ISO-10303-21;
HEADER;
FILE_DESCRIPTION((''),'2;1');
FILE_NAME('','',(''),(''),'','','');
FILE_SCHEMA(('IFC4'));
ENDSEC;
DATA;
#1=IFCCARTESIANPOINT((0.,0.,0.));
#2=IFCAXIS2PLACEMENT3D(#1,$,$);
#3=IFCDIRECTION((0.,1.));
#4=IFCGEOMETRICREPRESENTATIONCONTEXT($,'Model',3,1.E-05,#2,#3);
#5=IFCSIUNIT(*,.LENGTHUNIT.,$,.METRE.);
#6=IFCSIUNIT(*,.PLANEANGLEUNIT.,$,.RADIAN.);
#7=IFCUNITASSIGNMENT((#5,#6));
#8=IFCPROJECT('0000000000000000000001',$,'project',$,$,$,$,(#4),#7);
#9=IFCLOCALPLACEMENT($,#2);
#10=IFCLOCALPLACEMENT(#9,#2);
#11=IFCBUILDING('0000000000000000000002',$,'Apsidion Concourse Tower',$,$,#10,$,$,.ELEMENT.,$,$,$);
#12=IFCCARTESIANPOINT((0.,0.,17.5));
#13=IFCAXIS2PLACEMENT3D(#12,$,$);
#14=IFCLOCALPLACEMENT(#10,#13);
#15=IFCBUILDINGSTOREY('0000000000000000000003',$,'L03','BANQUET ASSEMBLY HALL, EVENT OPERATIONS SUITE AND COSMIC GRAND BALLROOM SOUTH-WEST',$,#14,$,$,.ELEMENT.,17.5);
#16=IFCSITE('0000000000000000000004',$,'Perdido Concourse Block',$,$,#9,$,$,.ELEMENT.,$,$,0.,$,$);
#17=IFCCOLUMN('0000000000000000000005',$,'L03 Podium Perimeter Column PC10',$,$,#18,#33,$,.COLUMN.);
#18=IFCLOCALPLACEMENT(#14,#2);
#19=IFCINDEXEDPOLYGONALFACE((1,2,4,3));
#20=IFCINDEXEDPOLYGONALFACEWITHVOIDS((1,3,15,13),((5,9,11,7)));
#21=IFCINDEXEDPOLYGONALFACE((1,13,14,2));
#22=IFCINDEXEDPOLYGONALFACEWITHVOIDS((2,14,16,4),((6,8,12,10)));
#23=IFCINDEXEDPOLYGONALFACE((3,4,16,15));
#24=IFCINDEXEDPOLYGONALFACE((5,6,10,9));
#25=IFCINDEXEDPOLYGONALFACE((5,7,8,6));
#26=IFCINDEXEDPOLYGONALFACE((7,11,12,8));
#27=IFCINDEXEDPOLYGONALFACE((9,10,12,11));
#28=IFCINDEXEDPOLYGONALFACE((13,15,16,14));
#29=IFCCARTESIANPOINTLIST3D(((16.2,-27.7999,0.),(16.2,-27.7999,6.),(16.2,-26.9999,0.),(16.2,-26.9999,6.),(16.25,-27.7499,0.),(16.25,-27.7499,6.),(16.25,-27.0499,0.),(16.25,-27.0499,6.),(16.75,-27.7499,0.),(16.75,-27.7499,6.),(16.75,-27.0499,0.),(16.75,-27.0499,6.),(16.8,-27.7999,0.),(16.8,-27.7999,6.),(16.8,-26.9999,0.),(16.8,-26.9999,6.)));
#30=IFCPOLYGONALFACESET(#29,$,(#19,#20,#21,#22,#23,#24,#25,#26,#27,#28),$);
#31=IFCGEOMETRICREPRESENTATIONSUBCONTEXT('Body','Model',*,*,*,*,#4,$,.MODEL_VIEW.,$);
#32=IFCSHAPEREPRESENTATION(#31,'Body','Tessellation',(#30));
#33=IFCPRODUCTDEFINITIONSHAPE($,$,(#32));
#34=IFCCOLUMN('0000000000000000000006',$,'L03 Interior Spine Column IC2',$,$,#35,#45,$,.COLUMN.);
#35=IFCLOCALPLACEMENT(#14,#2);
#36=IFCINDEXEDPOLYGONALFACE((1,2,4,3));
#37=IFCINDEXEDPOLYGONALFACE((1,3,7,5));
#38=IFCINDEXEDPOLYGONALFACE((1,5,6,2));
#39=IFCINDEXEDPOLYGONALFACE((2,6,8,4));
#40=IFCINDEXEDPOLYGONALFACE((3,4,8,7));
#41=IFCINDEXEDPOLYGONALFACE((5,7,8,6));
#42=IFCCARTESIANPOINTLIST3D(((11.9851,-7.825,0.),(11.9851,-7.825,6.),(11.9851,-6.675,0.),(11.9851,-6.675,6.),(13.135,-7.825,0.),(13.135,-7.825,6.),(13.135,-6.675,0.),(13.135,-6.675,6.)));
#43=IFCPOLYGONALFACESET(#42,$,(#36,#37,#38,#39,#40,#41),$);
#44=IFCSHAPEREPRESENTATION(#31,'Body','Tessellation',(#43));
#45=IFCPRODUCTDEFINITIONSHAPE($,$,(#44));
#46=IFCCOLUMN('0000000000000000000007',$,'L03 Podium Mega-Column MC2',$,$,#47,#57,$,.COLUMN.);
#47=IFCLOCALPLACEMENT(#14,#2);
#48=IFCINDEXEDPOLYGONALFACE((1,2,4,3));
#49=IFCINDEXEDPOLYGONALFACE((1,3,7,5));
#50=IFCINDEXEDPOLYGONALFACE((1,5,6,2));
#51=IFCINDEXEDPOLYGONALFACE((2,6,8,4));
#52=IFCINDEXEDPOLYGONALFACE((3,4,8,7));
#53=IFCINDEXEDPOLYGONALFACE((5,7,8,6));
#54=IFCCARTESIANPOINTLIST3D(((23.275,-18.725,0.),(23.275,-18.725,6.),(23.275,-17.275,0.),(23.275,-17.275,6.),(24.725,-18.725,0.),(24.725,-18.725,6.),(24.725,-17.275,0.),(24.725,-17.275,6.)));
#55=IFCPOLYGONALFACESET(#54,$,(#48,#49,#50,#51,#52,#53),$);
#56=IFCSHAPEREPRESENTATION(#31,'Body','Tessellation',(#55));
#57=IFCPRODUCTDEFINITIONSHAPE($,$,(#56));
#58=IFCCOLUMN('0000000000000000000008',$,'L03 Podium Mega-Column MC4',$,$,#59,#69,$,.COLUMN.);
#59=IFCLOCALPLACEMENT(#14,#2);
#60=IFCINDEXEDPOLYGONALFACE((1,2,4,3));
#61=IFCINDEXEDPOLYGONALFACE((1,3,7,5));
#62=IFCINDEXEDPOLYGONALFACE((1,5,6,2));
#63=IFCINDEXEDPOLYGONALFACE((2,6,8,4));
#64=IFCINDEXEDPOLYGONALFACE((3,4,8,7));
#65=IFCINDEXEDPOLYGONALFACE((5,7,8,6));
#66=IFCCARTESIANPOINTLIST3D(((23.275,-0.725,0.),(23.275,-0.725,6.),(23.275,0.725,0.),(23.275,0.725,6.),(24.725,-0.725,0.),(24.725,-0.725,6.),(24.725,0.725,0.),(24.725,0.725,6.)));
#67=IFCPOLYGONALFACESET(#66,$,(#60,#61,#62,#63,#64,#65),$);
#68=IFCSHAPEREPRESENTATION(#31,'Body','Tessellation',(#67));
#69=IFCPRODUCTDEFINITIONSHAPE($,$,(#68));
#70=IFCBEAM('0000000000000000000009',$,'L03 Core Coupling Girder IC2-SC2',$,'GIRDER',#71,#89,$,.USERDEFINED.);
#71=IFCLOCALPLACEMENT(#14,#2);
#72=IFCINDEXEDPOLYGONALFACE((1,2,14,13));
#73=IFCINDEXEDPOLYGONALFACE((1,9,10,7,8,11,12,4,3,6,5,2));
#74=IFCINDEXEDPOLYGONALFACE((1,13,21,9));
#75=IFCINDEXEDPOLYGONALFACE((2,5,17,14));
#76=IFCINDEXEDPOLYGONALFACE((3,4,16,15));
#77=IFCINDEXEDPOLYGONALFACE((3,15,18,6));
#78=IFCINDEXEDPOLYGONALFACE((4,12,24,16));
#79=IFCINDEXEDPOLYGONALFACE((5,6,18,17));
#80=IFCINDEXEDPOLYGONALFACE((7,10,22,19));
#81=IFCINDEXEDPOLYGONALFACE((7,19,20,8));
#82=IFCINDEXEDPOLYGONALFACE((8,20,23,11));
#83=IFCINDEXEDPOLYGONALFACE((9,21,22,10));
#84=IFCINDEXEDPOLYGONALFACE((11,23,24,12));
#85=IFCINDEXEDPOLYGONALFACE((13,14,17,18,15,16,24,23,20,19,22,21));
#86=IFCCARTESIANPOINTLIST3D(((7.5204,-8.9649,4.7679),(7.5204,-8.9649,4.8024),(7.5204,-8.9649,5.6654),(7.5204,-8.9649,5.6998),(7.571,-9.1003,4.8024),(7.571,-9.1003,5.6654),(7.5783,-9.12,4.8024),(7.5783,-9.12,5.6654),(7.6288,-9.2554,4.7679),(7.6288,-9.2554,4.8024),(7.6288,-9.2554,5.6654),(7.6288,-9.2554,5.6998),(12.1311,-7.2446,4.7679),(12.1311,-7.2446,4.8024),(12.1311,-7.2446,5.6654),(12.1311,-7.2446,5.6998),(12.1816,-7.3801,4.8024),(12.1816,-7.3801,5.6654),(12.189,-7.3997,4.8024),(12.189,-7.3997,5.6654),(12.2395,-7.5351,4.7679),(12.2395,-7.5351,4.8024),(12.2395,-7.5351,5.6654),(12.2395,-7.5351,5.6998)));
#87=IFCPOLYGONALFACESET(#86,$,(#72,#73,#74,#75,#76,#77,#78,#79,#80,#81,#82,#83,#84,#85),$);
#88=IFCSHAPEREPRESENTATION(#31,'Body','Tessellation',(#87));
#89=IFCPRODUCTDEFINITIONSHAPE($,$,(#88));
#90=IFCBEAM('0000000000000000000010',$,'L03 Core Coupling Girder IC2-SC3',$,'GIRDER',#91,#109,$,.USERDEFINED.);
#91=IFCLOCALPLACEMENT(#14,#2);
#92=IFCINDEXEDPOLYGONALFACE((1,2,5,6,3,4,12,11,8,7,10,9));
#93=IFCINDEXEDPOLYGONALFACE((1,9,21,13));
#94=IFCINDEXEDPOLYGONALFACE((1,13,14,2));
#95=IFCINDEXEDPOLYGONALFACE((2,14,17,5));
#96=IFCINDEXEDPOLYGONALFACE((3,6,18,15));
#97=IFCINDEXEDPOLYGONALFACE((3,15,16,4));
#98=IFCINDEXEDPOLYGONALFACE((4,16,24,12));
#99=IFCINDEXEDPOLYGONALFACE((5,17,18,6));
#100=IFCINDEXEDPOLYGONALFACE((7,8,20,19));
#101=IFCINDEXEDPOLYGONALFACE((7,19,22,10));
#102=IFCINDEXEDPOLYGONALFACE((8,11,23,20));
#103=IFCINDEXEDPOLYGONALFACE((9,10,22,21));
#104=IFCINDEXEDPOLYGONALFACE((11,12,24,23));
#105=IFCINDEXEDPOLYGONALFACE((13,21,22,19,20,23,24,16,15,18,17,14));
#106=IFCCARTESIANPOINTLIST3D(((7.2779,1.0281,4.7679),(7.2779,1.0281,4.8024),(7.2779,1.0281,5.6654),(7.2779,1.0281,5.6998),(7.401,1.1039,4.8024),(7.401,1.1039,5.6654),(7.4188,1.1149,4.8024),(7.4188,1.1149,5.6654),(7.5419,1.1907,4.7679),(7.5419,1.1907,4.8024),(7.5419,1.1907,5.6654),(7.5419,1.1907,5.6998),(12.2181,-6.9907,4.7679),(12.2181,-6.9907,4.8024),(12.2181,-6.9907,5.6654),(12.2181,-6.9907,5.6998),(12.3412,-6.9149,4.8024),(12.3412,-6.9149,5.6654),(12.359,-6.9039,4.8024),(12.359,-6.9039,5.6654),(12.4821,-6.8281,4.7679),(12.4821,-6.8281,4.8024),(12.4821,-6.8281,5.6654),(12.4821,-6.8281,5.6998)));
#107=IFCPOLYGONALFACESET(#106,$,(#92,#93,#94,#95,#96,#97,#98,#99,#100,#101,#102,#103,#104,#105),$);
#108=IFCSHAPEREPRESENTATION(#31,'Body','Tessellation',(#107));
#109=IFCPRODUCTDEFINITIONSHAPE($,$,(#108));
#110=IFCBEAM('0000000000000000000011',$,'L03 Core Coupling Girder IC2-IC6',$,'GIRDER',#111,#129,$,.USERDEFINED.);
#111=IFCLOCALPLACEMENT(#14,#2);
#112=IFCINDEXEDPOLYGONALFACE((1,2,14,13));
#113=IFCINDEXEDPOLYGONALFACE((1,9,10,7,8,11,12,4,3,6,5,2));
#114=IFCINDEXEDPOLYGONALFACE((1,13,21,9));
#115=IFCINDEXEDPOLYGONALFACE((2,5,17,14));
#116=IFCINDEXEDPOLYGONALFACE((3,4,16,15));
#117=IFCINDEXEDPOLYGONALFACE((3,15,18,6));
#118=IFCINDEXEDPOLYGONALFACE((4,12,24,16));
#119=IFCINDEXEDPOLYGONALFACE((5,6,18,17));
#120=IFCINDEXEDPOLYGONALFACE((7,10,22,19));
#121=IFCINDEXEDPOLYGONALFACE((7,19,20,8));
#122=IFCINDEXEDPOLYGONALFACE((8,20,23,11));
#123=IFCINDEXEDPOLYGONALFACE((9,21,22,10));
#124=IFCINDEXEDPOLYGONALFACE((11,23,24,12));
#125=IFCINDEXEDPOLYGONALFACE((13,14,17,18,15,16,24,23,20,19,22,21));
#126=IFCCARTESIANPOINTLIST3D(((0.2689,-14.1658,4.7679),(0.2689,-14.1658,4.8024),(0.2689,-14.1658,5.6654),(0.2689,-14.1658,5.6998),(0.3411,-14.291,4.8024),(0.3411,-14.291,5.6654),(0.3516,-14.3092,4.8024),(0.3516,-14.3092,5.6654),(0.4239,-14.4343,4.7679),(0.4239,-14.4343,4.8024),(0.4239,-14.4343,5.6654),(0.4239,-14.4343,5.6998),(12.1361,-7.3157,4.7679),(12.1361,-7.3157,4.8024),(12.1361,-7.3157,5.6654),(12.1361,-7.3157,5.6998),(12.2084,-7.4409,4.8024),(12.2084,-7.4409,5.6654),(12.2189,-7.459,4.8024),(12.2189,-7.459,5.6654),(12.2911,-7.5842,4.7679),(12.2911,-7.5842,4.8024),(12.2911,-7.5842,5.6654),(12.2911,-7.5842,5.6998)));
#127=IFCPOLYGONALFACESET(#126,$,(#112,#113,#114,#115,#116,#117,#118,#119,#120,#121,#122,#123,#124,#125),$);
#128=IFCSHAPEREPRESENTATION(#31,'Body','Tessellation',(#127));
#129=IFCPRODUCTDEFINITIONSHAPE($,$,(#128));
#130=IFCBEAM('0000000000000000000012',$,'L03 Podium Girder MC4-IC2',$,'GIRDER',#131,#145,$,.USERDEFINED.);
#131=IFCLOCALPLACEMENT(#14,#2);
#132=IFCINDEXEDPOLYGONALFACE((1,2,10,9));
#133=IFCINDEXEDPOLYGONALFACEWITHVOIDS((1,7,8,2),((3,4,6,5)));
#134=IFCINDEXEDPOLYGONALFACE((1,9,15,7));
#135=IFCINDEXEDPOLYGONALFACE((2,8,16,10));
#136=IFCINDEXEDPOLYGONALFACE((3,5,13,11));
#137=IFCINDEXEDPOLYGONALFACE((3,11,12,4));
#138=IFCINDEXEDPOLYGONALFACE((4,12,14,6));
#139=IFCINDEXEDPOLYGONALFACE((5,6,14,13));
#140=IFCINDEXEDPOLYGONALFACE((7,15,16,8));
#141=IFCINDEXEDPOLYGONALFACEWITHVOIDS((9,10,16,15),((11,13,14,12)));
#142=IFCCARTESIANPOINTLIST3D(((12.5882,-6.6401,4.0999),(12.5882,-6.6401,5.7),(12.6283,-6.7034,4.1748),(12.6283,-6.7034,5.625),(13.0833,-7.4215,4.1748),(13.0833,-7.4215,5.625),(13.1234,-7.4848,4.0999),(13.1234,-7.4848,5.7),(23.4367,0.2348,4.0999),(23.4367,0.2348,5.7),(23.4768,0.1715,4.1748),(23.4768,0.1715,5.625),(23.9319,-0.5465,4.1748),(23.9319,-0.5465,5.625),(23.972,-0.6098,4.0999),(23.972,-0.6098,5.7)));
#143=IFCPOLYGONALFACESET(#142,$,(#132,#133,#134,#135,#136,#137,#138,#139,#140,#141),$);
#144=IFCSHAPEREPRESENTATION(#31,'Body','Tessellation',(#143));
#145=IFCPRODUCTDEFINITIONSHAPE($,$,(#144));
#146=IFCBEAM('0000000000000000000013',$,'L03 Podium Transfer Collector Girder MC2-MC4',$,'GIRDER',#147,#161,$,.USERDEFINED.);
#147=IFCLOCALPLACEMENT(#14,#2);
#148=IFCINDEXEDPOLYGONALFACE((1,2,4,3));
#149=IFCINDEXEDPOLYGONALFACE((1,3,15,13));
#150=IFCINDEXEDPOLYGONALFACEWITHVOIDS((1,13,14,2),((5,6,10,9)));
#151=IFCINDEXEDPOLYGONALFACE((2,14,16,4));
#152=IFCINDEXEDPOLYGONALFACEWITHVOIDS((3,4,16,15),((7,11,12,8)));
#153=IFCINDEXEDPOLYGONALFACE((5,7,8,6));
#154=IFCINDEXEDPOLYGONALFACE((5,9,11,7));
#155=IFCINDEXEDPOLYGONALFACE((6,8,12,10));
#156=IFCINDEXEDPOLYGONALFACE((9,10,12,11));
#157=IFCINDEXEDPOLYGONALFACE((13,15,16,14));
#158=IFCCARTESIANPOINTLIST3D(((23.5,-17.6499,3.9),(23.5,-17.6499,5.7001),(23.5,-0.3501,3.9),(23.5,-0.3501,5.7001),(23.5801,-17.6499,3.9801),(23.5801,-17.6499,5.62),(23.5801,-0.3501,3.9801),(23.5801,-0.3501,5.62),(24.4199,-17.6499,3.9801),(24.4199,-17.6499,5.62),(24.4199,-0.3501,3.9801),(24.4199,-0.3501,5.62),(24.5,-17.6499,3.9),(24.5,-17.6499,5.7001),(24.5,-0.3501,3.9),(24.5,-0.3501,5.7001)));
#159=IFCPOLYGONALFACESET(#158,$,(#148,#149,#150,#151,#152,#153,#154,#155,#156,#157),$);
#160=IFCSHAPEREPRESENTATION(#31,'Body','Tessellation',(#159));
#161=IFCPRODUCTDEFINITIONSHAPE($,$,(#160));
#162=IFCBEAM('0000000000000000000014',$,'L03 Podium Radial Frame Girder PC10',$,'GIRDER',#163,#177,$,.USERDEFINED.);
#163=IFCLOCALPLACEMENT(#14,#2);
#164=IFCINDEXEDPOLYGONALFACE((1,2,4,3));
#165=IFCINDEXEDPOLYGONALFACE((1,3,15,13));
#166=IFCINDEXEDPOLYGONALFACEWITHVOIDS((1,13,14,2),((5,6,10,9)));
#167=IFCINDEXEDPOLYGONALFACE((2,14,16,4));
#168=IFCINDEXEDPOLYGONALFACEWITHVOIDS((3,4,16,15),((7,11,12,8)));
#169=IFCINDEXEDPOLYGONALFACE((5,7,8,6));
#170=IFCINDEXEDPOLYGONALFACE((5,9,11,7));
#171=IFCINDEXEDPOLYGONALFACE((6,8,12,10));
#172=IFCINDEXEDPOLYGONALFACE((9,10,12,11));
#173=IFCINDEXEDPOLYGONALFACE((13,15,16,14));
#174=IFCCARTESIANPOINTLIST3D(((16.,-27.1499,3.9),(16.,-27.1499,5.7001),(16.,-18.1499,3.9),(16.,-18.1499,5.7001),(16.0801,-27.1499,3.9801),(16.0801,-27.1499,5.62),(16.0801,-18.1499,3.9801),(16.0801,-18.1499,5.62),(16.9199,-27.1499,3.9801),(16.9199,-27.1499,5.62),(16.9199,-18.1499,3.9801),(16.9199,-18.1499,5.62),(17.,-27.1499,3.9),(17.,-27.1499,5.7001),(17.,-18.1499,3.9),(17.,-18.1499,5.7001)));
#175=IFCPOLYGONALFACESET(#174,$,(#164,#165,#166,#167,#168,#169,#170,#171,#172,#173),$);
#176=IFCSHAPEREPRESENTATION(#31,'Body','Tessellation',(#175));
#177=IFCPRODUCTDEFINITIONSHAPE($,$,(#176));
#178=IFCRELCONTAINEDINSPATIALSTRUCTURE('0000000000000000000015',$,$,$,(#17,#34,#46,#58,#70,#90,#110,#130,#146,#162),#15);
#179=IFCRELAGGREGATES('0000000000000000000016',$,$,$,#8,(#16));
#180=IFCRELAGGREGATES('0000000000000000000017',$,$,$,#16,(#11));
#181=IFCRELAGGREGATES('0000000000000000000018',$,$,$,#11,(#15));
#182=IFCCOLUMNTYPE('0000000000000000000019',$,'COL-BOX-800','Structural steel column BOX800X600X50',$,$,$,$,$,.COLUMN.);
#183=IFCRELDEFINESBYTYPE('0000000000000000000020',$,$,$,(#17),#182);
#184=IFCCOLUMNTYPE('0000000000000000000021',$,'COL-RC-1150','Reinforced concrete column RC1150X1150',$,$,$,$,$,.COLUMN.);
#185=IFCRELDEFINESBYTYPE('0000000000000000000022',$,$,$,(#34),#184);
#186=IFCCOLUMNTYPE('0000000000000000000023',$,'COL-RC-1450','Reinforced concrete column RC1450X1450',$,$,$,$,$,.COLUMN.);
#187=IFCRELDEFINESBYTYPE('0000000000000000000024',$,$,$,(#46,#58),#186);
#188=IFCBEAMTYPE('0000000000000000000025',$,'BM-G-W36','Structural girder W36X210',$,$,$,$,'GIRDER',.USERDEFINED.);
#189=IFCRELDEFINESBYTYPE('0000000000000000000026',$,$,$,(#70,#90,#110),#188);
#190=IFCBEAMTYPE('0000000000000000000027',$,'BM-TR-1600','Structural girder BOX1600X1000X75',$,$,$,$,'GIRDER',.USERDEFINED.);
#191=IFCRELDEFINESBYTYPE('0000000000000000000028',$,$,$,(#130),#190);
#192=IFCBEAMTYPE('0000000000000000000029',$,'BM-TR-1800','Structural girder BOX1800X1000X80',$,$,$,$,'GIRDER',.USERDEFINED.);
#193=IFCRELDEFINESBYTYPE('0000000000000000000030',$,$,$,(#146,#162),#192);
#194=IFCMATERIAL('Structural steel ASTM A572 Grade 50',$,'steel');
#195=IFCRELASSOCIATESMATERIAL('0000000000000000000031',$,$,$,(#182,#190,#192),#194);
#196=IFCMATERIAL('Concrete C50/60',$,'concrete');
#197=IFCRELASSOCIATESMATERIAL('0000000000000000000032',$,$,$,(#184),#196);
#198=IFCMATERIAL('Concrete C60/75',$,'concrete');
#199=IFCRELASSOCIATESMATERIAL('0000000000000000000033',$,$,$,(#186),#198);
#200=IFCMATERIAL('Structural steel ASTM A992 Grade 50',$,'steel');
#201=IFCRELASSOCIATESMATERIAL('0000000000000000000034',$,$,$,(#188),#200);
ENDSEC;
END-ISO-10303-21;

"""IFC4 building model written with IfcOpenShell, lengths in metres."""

from ifc_helpers import new_model, si_unit, direction, frame, origin, origin_2d, place, context, subcontext, project, spatial, rectangle, hollow_rectangle, i_section, extrude, material, material_profile, profile_set, type_object, element, save


model = new_model("IFC4")

# Units and contexts
model_context = context("Model", 3, precision=1e-05, world=origin(), true_north=direction((0.0, 1.0)))
body_context = subcontext(model_context, "Body", "Model", "MODEL_VIEW")
ifc_project = project(units=[si_unit("LENGTHUNIT", "METRE"), si_unit("PLANEANGLEUNIT", "RADIAN")], contexts=[model_context])

# Site, building, storey
site_placement = place(None, origin())
site = spatial("IfcSite", under=ifc_project, at=site_placement, Name="Perdido Concourse Block", CompositionType="ELEMENT", RefElevation=0.0)
building_placement = place(site_placement, origin())
building = spatial("IfcBuilding", under=site, at=building_placement, Name="Apsidion Concourse Tower", CompositionType="ELEMENT")
storey_placement = place(building_placement, frame((0.0, 0.0, 17.5)))
storey = spatial("IfcBuildingStorey", under=building, at=storey_placement, Name="L03", Description="BANQUET ASSEMBLY HALL, EVENT OPERATIONS SUITE AND COSMIC GRAND BALLROOM SOUTH-WEST", CompositionType="ELEMENT", Elevation=17.5)

# Columns
ifc_material_1 = material(Name="Structural steel ASTM A572 Grade 50", Category="steel")
ifc_material_profile_1 = material_profile(ifc_material_1, hollow_rectangle(XDim=0.6001, YDim=0.8, WallThickness=0.05, at=origin_2d()), Name="BOX800X600X50")
ifc_profile_set_1 = profile_set([ifc_material_profile_1], Name="Structural steel ASTM A572 Grade 50")
column_type_1 = type_object("IfcColumnType", Name="COL-BOX-800", Description="Structural steel column BOX800X600X50", PredefinedType="COLUMN", material=ifc_profile_set_1)
column_1_placement = place(storey_placement, frame((16.5, -27.3999, 0.0), z_axis=(0.0, 0.0, 1.0), x_axis=(1.0, 0.0, 0.0)))
element("IfcColumn", 1, at=column_1_placement, inside=storey, type_object=column_type_1, Name="L03 Podium Perimeter Column PC10", PredefinedType="COLUMN", context=body_context, shape_type="SweptSolid", body=[
    extrude(hollow_rectangle(XDim=0.6001, YDim=0.8, WallThickness=0.05, at=origin_2d()), origin(), (0.0, 0.0, 1.0), 6.0),
])
ifc_material_2 = material(Name="Concrete C50/60", Category="concrete")
ifc_material_profile_2 = material_profile(ifc_material_2, rectangle(XDim=1.1499, YDim=1.1499, at=origin_2d()), Name="RC 1150x1150")
ifc_profile_set_2 = profile_set([ifc_material_profile_2], Name="Concrete C50/60")
column_type_2 = type_object("IfcColumnType", Name="COL-RC-1150", Description="Reinforced concrete column RC1150X1150", PredefinedType="COLUMN", material=ifc_profile_set_2)
column_2_placement = place(storey_placement, frame((12.5601, -7.25, 0.0), z_axis=(0.0, 0.0, 1.0), x_axis=(1.0, 0.0, 0.0)))
element("IfcColumn", 2, at=column_2_placement, inside=storey, type_object=column_type_2, Name="L03 Interior Spine Column IC2", PredefinedType="COLUMN", context=body_context, shape_type="SweptSolid", body=[
    extrude(rectangle(XDim=1.1499, YDim=1.1499, at=origin_2d()), origin(), (0.0, 0.0, 1.0), 6.0),
])
ifc_material_3 = material(Name="Concrete C60/75", Category="concrete")
ifc_material_profile_3 = material_profile(ifc_material_3, rectangle(XDim=1.45, YDim=1.45, at=origin_2d()), Name="RC 1450x1450")
ifc_profile_set_3 = profile_set([ifc_material_profile_3], Name="Concrete C60/75")
column_type_3 = type_object("IfcColumnType", Name="COL-RC-1450", Description="Reinforced concrete column RC1450X1450", PredefinedType="COLUMN", material=ifc_profile_set_3)
for number, where, z_axis, x_axis, name in (
    (3, (24.0, -18.0, 0.0), (0.0, 0.0, 1.0), (1.0, 0.0, 0.0), "L03 Podium Mega-Column MC2"),
    (4, (24.0, 0.0, 0.0), (0.0, 0.0, 1.0), (1.0, 0.0, 0.0), "L03 Podium Mega-Column MC4"),
):
    element("IfcColumn", number, at=place(storey_placement, frame(where, z_axis=z_axis, x_axis=x_axis)), inside=storey, type_object=column_type_3, Name=name, PredefinedType="COLUMN", context=body_context, shape_type="SweptSolid", body=[
        extrude(rectangle(XDim=1.45, YDim=1.45, at=origin_2d()), origin(), (0.0, 0.0, 1.0), 6.0),
    ])

# Beams
ifc_material_4 = material(Name="Structural steel ASTM A992 Grade 50", Category="steel")
ifc_material_profile_4 = material_profile(ifc_material_4, i_section(OverallWidth=0.3101, OverallDepth=0.9319, WebThickness=0.021, FlangeThickness=0.0344, at=origin_2d()), Name="W36X210")
ifc_profile_set_4 = profile_set([ifc_material_profile_4], Name="Structural steel ASTM A992 Grade 50")
beam_type_1 = type_object("IfcBeamType", Name="BM-G-W36", Description="Structural girder W36X210", ElementType="GIRDER", PredefinedType="USERDEFINED", material=ifc_profile_set_4)
beam_1_placement = place(storey_placement, frame((12.1853, -7.3899, 5.2339), z_axis=(-0.936913, -0.349563, 0.0), x_axis=(0.349563, -0.936913, 0.0)))
element("IfcBeam", 5, at=beam_1_placement, inside=storey, type_object=beam_type_1, Name="L03 Core Coupling Girder IC2-SC2", ObjectType="GIRDER", PredefinedType="USERDEFINED", context=body_context, shape_type="SweptSolid", body=[
    extrude(i_section(OverallWidth=0.3101, OverallDepth=0.9319, WebThickness=0.021, FlangeThickness=0.0344, at=origin_2d()), origin(), (0.0, 0.0, 1.0), 4.9211),
])
beam_2_placement = place(storey_placement, frame((12.3501, -6.9094, 5.2339), z_axis=(-0.524524, 0.851396, 0.0), x_axis=(-0.851396, -0.524524, 0.0)))
element("IfcBeam", 6, at=beam_2_placement, inside=storey, type_object=beam_type_1, Name="L03 Core Coupling Girder IC2-SC3", ObjectType="GIRDER", PredefinedType="USERDEFINED", context=body_context, shape_type="SweptSolid", body=[
    extrude(i_section(OverallWidth=0.3101, OverallDepth=0.9319, WebThickness=0.021, FlangeThickness=0.0344, at=origin_2d()), origin(), (0.0, 0.0, 1.0), 9.4185),
])
beam_3_placement = place(storey_placement, frame((12.2136, -7.45, 5.2339), z_axis=(-0.86607, -0.499922, 0.0), x_axis=(0.499922, -0.86607, 0.0)))
element("IfcBeam", 7, at=beam_3_placement, inside=storey, type_object=beam_type_1, Name="L03 Core Coupling Girder IC2-IC6", ObjectType="GIRDER", PredefinedType="USERDEFINED", context=body_context, shape_type="SweptSolid", body=[
    extrude(i_section(OverallWidth=0.3101, OverallDepth=0.9319, WebThickness=0.021, FlangeThickness=0.0344, at=origin_2d()), origin(), (0.0, 0.0, 1.0), 13.7024),
])
ifc_material_profile_5 = material_profile(ifc_material_1, hollow_rectangle(XDim=1.0, YDim=1.6001, WallThickness=0.075, at=origin_2d()), Name="BOX1600X1000X75")
ifc_profile_set_5 = profile_set([ifc_material_profile_5], Name="Structural steel ASTM A572 Grade 50")
beam_type_2 = type_object("IfcBeamType", Name="BM-TR-1600", Description="Structural girder BOX1600X1000X75", ElementType="GIRDER", PredefinedType="USERDEFINED", material=ifc_profile_set_5)
beam_4_placement = place(storey_placement, frame((23.7043, -0.1875, 4.8999), z_axis=(-0.844671, -0.535285, 0.0), x_axis=(0.535285, -0.844671, 0.0)))
element("IfcBeam", 8, at=beam_4_placement, inside=storey, type_object=beam_type_2, Name="L03 Podium Girder MC4-IC2", ObjectType="GIRDER", PredefinedType="USERDEFINED", context=body_context, shape_type="SweptSolid", body=[
    extrude(hollow_rectangle(XDim=1.0, YDim=1.6001, WallThickness=0.075, at=origin_2d()), origin(), (0.0, 0.0, 1.0), 12.8435),
])
ifc_material_profile_6 = material_profile(ifc_material_1, hollow_rectangle(XDim=1.0, YDim=1.8, WallThickness=0.0801, at=origin_2d()), Name="BOX1800X1000X80")
ifc_profile_set_6 = profile_set([ifc_material_profile_6], Name="Structural steel ASTM A572 Grade 50")
beam_type_3 = type_object("IfcBeamType", Name="BM-TR-1800", Description="Structural girder BOX1800X1000X80", ElementType="GIRDER", PredefinedType="USERDEFINED", material=ifc_profile_set_6)
beam_5_placement = place(storey_placement, frame((24.0, -17.6499, 4.8), z_axis=(0.0, 1.0, 0.0), x_axis=(-1.0, 0.0, 0.0)))
element("IfcBeam", 9, at=beam_5_placement, inside=storey, type_object=beam_type_3, Name="L03 Podium Transfer Collector Girder MC2-MC4", ObjectType="GIRDER", PredefinedType="USERDEFINED", context=body_context, shape_type="SweptSolid", body=[
    extrude(hollow_rectangle(XDim=1.0, YDim=1.8, WallThickness=0.0801, at=origin_2d()), origin(), (0.0, 0.0, 1.0), 17.2998),
])
beam_6_placement = place(storey_placement, frame((16.5, -27.1499, 4.8), z_axis=(0.0, 1.0, 0.0), x_axis=(-1.0, 0.0, 0.0)))
element("IfcBeam", 10, at=beam_6_placement, inside=storey, type_object=beam_type_3, Name="L03 Podium Radial Frame Girder PC10", ObjectType="GIRDER", PredefinedType="USERDEFINED", context=body_context, shape_type="SweptSolid", body=[
    extrude(hollow_rectangle(XDim=1.0, YDim=1.8, WallThickness=0.0801, at=origin_2d()), origin(), (0.0, 0.0, 1.0), 9.0),
])

save(model, "model.ifc")
